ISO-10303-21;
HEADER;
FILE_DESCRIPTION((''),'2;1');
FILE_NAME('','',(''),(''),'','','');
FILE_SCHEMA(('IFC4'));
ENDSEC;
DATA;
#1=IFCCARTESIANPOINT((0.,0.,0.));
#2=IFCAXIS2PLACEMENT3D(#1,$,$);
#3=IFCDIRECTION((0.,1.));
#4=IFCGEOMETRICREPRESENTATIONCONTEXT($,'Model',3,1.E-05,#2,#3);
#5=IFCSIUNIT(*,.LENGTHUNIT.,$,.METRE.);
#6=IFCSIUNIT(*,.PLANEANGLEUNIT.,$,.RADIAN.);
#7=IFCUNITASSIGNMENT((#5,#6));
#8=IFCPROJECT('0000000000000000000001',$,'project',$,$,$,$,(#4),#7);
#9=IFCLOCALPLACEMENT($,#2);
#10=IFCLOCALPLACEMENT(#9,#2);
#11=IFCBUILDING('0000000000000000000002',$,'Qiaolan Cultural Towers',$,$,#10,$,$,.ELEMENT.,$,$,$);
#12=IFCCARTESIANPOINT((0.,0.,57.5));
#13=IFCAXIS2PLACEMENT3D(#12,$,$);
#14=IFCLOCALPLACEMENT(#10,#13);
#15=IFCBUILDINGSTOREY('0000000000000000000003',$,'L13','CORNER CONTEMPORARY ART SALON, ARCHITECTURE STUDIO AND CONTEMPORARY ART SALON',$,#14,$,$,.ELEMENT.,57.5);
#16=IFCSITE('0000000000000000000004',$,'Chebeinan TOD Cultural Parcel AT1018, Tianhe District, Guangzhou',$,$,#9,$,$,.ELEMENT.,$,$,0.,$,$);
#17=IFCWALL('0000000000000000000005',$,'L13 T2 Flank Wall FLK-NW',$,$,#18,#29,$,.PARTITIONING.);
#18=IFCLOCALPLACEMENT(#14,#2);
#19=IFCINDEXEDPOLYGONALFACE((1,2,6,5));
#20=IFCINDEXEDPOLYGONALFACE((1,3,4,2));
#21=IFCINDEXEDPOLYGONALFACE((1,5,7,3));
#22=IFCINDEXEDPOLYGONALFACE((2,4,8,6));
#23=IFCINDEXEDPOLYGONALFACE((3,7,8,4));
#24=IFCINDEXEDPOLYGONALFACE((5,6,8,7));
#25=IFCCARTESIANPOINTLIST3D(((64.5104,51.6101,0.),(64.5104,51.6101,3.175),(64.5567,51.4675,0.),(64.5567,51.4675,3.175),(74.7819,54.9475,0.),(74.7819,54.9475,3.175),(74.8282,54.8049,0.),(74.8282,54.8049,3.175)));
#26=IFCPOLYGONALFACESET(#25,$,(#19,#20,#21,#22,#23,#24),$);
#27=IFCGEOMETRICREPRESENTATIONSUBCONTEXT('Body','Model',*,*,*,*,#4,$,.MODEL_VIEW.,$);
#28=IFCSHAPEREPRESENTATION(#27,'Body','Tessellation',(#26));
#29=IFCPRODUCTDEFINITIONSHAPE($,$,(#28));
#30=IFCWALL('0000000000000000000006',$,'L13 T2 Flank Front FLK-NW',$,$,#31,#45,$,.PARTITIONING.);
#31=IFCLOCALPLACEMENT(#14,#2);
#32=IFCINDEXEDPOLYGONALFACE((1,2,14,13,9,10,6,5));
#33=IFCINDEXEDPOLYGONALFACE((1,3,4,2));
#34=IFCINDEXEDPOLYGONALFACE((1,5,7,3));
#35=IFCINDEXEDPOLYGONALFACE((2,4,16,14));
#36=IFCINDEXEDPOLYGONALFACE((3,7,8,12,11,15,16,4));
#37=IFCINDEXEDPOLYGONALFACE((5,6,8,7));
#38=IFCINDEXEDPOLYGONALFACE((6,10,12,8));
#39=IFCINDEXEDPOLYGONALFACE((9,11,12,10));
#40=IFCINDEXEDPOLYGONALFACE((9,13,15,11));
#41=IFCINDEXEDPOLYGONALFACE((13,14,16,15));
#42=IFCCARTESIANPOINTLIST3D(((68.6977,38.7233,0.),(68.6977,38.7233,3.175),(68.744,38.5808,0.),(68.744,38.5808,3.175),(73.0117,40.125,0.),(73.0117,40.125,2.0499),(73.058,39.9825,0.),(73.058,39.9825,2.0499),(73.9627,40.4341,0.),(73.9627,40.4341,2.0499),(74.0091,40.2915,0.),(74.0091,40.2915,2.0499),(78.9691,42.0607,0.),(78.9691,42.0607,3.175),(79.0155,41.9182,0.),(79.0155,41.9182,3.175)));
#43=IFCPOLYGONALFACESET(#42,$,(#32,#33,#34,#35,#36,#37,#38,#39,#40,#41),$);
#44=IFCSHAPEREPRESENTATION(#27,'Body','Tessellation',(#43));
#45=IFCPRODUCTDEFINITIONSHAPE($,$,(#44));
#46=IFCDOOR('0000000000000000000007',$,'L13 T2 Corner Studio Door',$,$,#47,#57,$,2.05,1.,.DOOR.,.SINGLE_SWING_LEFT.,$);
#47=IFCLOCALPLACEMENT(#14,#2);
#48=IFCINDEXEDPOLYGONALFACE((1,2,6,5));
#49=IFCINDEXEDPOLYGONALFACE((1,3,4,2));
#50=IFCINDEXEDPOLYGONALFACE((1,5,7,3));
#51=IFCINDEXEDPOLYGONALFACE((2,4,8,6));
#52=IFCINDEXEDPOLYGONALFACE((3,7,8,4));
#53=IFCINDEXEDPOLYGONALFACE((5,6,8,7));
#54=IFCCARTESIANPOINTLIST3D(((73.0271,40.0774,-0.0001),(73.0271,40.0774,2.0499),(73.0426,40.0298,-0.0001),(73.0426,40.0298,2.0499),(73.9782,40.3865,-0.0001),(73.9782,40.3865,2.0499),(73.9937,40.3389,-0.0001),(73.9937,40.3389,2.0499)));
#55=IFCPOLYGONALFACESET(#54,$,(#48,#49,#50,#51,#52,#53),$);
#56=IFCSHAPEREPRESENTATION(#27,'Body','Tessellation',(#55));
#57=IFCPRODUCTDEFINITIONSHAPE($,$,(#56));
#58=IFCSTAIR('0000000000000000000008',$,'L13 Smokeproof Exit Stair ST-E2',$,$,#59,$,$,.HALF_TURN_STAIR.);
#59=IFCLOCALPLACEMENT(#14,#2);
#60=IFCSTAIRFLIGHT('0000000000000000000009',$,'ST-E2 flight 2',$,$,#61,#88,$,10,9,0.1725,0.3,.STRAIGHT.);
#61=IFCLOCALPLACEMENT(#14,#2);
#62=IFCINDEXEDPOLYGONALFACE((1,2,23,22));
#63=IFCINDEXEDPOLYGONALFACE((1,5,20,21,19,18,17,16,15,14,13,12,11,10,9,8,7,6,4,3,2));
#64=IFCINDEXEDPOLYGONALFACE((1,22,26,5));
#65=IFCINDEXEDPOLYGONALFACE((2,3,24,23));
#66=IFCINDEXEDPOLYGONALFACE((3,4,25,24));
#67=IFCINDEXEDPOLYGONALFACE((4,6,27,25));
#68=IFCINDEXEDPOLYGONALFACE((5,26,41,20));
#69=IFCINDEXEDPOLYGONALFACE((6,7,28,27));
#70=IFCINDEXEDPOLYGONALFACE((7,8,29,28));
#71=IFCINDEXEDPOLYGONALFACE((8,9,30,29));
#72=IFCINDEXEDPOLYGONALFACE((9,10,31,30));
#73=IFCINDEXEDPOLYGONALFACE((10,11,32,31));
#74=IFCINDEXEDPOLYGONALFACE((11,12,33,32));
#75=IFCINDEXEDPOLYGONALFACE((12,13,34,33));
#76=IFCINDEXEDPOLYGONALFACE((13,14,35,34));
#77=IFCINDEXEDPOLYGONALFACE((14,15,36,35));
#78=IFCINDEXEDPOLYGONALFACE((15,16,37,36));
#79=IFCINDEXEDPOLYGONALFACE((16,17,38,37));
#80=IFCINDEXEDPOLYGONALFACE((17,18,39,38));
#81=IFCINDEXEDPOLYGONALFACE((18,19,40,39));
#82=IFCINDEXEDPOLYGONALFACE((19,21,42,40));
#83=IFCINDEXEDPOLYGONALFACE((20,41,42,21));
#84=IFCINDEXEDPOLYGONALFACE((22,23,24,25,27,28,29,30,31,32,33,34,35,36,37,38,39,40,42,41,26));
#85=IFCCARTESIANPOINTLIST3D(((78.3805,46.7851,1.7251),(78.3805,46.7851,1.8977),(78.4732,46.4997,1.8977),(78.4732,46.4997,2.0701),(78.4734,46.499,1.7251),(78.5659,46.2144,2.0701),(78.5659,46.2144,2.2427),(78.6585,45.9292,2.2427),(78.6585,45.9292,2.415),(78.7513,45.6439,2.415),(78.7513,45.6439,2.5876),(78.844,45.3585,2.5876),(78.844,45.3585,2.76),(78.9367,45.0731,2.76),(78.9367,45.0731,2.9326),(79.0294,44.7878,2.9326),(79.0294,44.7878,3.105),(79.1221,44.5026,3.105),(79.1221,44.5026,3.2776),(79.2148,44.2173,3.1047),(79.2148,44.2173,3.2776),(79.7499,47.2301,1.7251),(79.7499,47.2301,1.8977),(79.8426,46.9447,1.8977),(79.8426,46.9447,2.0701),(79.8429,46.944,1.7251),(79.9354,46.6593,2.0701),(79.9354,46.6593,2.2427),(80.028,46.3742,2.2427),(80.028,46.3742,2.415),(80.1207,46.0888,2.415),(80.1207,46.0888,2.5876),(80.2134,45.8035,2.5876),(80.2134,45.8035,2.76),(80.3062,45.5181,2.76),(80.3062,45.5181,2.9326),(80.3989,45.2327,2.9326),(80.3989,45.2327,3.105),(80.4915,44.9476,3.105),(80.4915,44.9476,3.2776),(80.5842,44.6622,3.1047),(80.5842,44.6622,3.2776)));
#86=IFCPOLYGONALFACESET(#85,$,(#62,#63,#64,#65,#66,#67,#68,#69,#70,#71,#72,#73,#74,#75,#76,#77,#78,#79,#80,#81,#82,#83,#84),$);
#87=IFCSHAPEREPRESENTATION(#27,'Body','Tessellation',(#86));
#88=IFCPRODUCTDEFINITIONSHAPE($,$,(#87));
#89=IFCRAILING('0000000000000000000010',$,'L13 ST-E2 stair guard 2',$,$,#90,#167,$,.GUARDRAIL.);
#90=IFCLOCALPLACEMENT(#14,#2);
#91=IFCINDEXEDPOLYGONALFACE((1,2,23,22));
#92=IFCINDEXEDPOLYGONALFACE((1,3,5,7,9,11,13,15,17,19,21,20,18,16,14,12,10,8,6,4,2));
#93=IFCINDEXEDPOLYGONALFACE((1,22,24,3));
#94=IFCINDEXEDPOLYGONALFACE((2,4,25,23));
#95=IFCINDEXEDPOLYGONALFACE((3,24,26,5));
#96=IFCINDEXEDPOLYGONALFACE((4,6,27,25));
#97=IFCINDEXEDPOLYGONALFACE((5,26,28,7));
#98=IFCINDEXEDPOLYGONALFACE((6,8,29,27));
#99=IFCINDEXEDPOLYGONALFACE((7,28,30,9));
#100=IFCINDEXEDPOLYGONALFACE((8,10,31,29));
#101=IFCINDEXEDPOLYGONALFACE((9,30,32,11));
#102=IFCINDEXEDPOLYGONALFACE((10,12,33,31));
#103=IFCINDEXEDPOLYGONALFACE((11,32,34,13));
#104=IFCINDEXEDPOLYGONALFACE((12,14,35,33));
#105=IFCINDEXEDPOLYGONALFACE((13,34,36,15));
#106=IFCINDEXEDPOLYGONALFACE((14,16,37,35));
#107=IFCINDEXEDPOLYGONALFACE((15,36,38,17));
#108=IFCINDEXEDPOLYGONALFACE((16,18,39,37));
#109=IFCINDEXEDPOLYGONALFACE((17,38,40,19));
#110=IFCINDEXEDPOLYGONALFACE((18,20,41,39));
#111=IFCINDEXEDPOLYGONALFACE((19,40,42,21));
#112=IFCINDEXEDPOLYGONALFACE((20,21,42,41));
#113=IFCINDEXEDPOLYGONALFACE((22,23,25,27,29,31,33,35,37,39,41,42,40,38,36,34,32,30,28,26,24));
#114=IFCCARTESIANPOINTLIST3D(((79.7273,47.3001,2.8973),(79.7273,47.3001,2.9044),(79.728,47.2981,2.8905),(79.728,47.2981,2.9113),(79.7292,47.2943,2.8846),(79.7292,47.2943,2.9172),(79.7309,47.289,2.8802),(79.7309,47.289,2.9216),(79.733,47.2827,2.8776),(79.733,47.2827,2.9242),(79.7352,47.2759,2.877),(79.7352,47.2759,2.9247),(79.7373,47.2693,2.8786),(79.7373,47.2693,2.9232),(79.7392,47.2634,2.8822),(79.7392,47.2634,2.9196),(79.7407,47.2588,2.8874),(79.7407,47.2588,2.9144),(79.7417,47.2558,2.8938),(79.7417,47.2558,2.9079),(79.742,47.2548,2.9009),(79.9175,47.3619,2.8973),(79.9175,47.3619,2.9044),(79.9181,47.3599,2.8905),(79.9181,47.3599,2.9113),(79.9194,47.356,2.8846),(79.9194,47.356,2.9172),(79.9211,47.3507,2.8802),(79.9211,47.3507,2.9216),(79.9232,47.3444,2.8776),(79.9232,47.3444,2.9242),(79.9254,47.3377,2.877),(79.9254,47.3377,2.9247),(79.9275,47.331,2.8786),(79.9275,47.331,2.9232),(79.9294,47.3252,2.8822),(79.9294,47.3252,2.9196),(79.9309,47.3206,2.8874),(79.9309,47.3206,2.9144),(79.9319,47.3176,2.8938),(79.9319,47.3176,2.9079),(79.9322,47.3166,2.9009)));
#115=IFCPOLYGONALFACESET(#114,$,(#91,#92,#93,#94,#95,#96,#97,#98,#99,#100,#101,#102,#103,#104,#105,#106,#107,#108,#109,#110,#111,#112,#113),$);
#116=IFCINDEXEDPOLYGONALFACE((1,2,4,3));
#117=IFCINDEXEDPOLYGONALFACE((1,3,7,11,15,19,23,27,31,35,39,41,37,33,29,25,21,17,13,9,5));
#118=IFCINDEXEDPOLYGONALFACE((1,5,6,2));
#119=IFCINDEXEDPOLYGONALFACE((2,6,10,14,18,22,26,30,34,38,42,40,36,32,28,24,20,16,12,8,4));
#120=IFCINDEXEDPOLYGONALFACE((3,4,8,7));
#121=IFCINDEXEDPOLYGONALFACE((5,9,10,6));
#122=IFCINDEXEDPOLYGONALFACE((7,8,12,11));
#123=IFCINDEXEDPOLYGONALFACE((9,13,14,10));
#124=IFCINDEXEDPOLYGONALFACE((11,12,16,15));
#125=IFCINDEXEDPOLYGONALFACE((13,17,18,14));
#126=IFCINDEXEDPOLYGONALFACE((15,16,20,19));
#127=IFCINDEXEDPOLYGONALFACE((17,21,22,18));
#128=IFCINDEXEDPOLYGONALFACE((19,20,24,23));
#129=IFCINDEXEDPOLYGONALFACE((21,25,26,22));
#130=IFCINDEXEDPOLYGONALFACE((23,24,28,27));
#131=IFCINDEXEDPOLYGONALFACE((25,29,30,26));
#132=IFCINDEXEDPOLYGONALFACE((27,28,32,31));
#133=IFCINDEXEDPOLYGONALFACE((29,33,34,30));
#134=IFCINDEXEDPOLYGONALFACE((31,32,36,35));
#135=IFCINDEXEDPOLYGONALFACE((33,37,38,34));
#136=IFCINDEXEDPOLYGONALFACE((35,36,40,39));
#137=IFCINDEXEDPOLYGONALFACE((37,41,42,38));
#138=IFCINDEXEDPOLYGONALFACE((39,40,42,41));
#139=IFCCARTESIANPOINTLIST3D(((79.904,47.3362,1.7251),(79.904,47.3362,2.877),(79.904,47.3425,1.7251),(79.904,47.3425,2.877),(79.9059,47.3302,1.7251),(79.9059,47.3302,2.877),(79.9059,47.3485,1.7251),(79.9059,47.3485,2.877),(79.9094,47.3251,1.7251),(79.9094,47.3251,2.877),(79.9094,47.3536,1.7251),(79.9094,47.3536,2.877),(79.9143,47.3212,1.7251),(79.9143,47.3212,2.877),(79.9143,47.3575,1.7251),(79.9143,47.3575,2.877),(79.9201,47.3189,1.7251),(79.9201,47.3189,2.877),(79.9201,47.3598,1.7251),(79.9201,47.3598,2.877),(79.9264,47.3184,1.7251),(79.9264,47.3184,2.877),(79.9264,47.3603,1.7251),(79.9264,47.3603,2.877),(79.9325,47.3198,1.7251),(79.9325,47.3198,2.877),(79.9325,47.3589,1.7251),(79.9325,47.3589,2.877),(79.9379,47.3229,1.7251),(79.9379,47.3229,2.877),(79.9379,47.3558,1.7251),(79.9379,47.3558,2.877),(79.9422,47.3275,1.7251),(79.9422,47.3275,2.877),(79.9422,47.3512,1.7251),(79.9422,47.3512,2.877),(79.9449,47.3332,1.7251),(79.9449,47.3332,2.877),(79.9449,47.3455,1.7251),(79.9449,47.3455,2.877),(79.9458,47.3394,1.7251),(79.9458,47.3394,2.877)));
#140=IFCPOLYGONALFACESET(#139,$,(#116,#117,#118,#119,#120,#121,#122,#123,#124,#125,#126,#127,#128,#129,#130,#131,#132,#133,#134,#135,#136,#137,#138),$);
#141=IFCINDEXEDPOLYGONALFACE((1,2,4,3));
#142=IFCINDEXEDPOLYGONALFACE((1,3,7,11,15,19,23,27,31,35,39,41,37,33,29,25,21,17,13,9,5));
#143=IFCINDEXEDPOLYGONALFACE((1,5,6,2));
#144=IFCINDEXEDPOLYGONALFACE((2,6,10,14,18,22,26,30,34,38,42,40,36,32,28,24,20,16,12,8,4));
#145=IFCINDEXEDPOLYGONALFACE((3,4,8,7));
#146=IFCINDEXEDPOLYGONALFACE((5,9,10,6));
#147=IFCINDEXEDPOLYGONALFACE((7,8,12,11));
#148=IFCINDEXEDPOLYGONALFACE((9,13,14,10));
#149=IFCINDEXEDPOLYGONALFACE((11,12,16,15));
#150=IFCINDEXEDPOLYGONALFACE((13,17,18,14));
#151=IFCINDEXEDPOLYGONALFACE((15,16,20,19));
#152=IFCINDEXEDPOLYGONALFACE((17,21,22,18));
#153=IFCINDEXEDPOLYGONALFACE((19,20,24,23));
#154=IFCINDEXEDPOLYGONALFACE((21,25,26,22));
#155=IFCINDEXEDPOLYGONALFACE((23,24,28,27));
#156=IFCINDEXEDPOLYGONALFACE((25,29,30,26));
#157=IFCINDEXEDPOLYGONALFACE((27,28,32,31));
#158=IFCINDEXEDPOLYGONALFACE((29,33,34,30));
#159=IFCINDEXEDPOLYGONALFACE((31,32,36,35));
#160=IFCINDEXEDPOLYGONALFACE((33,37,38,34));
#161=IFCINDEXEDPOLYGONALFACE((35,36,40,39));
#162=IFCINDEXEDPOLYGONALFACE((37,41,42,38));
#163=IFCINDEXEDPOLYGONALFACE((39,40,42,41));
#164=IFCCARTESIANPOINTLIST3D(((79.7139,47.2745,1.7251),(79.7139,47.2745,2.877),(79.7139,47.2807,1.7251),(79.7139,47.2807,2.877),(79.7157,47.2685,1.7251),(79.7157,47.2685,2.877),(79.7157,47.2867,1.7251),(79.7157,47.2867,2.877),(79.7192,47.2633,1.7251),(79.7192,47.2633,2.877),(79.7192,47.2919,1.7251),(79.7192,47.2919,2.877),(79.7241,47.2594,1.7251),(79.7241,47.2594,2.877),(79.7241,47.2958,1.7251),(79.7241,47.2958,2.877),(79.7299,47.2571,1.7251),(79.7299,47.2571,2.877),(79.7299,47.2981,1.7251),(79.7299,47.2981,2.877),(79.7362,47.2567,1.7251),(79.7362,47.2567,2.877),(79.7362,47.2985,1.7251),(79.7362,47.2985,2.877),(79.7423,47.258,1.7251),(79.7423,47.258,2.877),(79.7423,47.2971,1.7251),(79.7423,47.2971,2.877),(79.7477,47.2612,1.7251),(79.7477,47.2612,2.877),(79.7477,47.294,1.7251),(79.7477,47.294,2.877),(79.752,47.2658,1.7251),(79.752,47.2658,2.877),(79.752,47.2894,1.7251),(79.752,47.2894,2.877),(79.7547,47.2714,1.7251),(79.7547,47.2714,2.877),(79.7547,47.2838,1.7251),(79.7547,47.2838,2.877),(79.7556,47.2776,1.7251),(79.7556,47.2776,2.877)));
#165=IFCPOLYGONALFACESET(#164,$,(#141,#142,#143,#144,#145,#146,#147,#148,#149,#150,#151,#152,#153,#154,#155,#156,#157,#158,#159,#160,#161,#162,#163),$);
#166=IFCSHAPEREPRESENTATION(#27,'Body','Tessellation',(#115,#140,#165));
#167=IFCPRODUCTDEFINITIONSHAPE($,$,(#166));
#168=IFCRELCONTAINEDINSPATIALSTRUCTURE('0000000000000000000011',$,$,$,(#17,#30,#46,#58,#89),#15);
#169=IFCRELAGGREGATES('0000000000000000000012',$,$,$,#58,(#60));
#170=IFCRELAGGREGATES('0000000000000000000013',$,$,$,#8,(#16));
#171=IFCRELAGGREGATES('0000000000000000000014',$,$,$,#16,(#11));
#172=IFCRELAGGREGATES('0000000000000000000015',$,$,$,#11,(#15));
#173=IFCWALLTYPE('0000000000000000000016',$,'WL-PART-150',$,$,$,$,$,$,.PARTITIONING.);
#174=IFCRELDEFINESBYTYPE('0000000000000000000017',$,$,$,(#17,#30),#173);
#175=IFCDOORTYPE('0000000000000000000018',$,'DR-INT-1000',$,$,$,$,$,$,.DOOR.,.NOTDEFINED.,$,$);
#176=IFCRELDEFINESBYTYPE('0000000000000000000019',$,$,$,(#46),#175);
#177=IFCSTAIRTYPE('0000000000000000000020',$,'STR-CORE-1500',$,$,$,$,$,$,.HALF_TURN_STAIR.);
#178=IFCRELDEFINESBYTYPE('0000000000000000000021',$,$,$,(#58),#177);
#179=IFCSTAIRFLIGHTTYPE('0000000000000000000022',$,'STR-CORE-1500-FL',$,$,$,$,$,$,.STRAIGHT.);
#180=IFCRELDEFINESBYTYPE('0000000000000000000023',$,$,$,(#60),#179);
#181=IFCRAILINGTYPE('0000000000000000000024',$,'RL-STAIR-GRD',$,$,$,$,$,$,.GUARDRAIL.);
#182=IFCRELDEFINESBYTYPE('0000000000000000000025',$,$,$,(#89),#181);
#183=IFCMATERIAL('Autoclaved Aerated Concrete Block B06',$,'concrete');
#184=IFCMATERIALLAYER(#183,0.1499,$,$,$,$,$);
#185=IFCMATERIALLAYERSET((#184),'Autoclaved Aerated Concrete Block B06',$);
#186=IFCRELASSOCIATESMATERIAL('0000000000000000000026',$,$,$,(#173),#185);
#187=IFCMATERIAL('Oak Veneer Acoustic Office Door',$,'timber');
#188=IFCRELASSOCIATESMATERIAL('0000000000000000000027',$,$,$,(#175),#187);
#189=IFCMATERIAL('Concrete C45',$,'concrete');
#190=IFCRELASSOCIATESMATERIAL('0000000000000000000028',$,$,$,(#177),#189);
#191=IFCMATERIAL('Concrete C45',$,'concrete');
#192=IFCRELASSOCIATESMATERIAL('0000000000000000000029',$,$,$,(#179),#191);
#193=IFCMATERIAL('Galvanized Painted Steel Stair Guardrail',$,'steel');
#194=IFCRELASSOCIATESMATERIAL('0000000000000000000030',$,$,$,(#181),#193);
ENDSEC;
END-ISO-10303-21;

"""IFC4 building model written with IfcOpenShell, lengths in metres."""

from ifc_helpers import new_model, si_unit, direction, frame, frame_2d, origin, origin_2d, place, context, subcontext, project, spatial, polyline, rectangle, circle, outline, extrude, material, layer, layer_set, type_object, element, fill, aggregate, save


model = new_model("IFC4")

# Units and contexts
model_context = context("Model", 3, precision=1e-05, world=origin(), true_north=direction((0.0, 1.0)))
body_context = subcontext(model_context, "Body", "Model", "MODEL_VIEW")
ifc_project = project(units=[si_unit("LENGTHUNIT", "METRE"), si_unit("PLANEANGLEUNIT", "RADIAN")], contexts=[model_context])

# Site, building, storey
site_placement = place(None, origin())
site = spatial("IfcSite", under=ifc_project, at=site_placement, Name="Chebeinan TOD Cultural Parcel AT1018, Tianhe District, Guangzhou", CompositionType="ELEMENT", RefElevation=0.0)
building_placement = place(site_placement, origin())
building = spatial("IfcBuilding", under=site, at=building_placement, Name="Qiaolan Cultural Towers", CompositionType="ELEMENT")
storey_placement = place(building_placement, frame((0.0, 0.0, 57.5)))
storey = spatial("IfcBuildingStorey", under=building, at=storey_placement, Name="L13", Description="CORNER CONTEMPORARY ART SALON, ARCHITECTURE STUDIO AND CONTEMPORARY ART SALON", CompositionType="ELEMENT", Elevation=57.5)

# Wall
ifc_material_1 = material(Name="Autoclaved Aerated Concrete Block B06", Category="concrete")
ifc_layer_1 = layer(ifc_material_1, 0.1499)
ifc_layer_set_1 = layer_set([ifc_layer_1], Name="Autoclaved Aerated Concrete Block B06")
wall_type_1 = type_object("IfcWallType", Name="WL-PART-150", PredefinedType="PARTITIONING", material=ifc_layer_set_1)
wall_1_placement = place(storey_placement, frame((64.5337, 51.5388, 0.0), z_axis=(0.0, 0.0, 1.0), x_axis=(0.951057, 0.309017, 0.0)))
element("IfcWall", 1, at=wall_1_placement, inside=storey, type_object=wall_type_1, Name="L13 T2 Flank Wall FLK-NW", PredefinedType="PARTITIONING", context=body_context, shape_type="SweptSolid", body=[
    extrude(rectangle(XDim=10.8, YDim=0.1499, at=frame_2d((5.3999, 0.0))), origin(), (0.0, 0.0, 1.0), 3.175),
])

# Wall, opening, door
wall_2_placement = place(storey_placement, frame((68.7209, 38.6521, 0.0), z_axis=(0.0, 0.0, 1.0), x_axis=(0.951057, 0.309017, 0.0)))
wall_2 = element("IfcWall", 2, at=wall_2_placement, inside=storey, type_object=wall_type_1, Name="L13 T2 Flank Front FLK-NW", PredefinedType="PARTITIONING", context=body_context, shape_type="SweptSolid", body=[
    extrude(rectangle(XDim=10.8, YDim=0.1499, at=frame_2d((5.3999, 0.0))), origin(), (0.0, 0.0, 1.0), 3.175),
])
opening_placement = place(wall_2_placement, frame((4.5359, 0.0, 0.0)))
opening = element("IfcOpeningElement", 3, at=opening_placement, cuts=wall_2, PredefinedType="OPENING", context=body_context, shape_type="SweptSolid", body=[
    extrude(rectangle(XDim=1.0, YDim=2.05, at=frame_2d((0.5, 1.0249))), frame((0.0, 0.085, 0.0), z_axis=(0.0, -1.0, 0.0), x_axis=(1.0, 0.0, 0.0)), (0.0, 0.0, 1.0), 0.1699),
])
ifc_material_2 = material(Name="Oak Veneer Acoustic Office Door", Category="timber")
door_type = type_object("IfcDoorType", Name="DR-INT-1000", OperationType="NOTDEFINED", PredefinedType="DOOR", material=ifc_material_2)
door_placement = place(opening_placement, origin())
door = element("IfcDoor", 4, at=door_placement, inside=storey, type_object=door_type, Name="L13 T2 Corner Studio Door", OperationType="SINGLE_SWING_LEFT", OverallHeight=2.05, OverallWidth=1.0, PredefinedType="DOOR", context=body_context, shape_type="SweptSolid", body=[
    extrude(rectangle(XDim=1.0, YDim=2.05, at=frame_2d((0.5, 1.0249))), frame((0.0, 0.0249, 0.0), z_axis=(0.0, -1.0, 0.0), x_axis=(1.0, 0.0, 0.0)), (0.0, 0.0, 1.0), 0.05),
])
fill(opening, door)

# Stair, stair flight
ifc_material_3 = material(Name="Concrete C45", Category="concrete")
stair_type = type_object("IfcStairType", Name="STR-CORE-1500", PredefinedType="HALF_TURN_STAIR", material=ifc_material_3)
stair_placement = place(storey_placement, origin())
stair = element("IfcStair", 5, at=stair_placement, inside=storey, type_object=stair_type, Name="L13 Smokeproof Exit Stair ST-E2", PredefinedType="HALF_TURN_STAIR")
ifc_material_4 = material(Name="Concrete C45", Category="concrete")
stair_flight_type = type_object("IfcStairFlightType", Name="STR-CORE-1500-FL", PredefinedType="STRAIGHT", material=ifc_material_4)
stair_flight_placement = place(storey_placement, frame((79.0652, 47.0076, 1.7251), z_axis=(0.0, 0.0, 1.0), x_axis=(0.309017, -0.951057, 0.0)))
stair_flight = element("IfcStairFlight", 6, at=stair_flight_placement, type_object=stair_flight_type, Name="ST-E2 flight 2", NumberOfRisers=10, NumberOfTreads=9, PredefinedType="STRAIGHT", RiserHeight=0.1725, TreadLength=0.3, context=body_context, shape_type="SweptSolid", body=[
    extrude(outline(polyline([(0.0, 0.0), (0.0, 0.1726), (0.3, 0.1726), (0.3, 0.345), (0.6001, 0.345), (0.6001, 0.5176), (0.8999, 0.5176), (0.8999, 0.6899), (1.2, 0.6899), (1.2, 0.8625), (1.5, 0.8625), (1.5, 1.0349), (1.8, 1.0349), (1.8, 1.2075), (2.1001, 1.2075), (2.1001, 1.3799), (2.3999, 1.3799), (2.3999, 1.5525), (2.7, 1.5525), (2.7, 1.7251), (2.7, 1.3796), (0.3008, 0.0), (0.0, 0.0)])), frame((0.0, 0.72, 0.0), z_axis=(0.0, -1.0, 0.0), x_axis=(1.0, 0.0, 0.0)), (0.0, 0.0, 1.0), 1.4399),
])
aggregate(stair, [stair_flight])

# Railing
ifc_material_5 = material(Name="Galvanized Painted Steel Stair Guardrail", Category="steel")
railing_type_1 = type_object("IfcRailingType", Name="RL-STAIR-GRD", PredefinedType="GUARDRAIL", material=ifc_material_5)
railing_1_placement = place(storey_placement, frame((79.9248, 47.3394, 1.7251)))
element("IfcRailing", 7, at=railing_1_placement, inside=storey, type_object=railing_type_1, Name="L13 ST-E2 stair guard 2", PredefinedType="GUARDRAIL", context=body_context, shape_type="SweptSolid", body=[
    extrude(circle(Radius=0.0239, at=origin_2d()), frame((0.0, 0.0, 1.1758), z_axis=(-0.951097, -0.308893, 0.0), x_axis=(0.308893, -0.951097, 0.0)), (0.0, 0.0, 1.0), 0.2),
    extrude(circle(Radius=0.021, at=origin_2d()), origin(), (0.0, 0.0, 1.0), 1.1519),
    extrude(circle(Radius=0.021, at=origin_2d()), frame((-0.1902, -0.0618, 0.0)), (0.0, 0.0, 1.0), 1.1519),
])

save(model, "model.ifc")
